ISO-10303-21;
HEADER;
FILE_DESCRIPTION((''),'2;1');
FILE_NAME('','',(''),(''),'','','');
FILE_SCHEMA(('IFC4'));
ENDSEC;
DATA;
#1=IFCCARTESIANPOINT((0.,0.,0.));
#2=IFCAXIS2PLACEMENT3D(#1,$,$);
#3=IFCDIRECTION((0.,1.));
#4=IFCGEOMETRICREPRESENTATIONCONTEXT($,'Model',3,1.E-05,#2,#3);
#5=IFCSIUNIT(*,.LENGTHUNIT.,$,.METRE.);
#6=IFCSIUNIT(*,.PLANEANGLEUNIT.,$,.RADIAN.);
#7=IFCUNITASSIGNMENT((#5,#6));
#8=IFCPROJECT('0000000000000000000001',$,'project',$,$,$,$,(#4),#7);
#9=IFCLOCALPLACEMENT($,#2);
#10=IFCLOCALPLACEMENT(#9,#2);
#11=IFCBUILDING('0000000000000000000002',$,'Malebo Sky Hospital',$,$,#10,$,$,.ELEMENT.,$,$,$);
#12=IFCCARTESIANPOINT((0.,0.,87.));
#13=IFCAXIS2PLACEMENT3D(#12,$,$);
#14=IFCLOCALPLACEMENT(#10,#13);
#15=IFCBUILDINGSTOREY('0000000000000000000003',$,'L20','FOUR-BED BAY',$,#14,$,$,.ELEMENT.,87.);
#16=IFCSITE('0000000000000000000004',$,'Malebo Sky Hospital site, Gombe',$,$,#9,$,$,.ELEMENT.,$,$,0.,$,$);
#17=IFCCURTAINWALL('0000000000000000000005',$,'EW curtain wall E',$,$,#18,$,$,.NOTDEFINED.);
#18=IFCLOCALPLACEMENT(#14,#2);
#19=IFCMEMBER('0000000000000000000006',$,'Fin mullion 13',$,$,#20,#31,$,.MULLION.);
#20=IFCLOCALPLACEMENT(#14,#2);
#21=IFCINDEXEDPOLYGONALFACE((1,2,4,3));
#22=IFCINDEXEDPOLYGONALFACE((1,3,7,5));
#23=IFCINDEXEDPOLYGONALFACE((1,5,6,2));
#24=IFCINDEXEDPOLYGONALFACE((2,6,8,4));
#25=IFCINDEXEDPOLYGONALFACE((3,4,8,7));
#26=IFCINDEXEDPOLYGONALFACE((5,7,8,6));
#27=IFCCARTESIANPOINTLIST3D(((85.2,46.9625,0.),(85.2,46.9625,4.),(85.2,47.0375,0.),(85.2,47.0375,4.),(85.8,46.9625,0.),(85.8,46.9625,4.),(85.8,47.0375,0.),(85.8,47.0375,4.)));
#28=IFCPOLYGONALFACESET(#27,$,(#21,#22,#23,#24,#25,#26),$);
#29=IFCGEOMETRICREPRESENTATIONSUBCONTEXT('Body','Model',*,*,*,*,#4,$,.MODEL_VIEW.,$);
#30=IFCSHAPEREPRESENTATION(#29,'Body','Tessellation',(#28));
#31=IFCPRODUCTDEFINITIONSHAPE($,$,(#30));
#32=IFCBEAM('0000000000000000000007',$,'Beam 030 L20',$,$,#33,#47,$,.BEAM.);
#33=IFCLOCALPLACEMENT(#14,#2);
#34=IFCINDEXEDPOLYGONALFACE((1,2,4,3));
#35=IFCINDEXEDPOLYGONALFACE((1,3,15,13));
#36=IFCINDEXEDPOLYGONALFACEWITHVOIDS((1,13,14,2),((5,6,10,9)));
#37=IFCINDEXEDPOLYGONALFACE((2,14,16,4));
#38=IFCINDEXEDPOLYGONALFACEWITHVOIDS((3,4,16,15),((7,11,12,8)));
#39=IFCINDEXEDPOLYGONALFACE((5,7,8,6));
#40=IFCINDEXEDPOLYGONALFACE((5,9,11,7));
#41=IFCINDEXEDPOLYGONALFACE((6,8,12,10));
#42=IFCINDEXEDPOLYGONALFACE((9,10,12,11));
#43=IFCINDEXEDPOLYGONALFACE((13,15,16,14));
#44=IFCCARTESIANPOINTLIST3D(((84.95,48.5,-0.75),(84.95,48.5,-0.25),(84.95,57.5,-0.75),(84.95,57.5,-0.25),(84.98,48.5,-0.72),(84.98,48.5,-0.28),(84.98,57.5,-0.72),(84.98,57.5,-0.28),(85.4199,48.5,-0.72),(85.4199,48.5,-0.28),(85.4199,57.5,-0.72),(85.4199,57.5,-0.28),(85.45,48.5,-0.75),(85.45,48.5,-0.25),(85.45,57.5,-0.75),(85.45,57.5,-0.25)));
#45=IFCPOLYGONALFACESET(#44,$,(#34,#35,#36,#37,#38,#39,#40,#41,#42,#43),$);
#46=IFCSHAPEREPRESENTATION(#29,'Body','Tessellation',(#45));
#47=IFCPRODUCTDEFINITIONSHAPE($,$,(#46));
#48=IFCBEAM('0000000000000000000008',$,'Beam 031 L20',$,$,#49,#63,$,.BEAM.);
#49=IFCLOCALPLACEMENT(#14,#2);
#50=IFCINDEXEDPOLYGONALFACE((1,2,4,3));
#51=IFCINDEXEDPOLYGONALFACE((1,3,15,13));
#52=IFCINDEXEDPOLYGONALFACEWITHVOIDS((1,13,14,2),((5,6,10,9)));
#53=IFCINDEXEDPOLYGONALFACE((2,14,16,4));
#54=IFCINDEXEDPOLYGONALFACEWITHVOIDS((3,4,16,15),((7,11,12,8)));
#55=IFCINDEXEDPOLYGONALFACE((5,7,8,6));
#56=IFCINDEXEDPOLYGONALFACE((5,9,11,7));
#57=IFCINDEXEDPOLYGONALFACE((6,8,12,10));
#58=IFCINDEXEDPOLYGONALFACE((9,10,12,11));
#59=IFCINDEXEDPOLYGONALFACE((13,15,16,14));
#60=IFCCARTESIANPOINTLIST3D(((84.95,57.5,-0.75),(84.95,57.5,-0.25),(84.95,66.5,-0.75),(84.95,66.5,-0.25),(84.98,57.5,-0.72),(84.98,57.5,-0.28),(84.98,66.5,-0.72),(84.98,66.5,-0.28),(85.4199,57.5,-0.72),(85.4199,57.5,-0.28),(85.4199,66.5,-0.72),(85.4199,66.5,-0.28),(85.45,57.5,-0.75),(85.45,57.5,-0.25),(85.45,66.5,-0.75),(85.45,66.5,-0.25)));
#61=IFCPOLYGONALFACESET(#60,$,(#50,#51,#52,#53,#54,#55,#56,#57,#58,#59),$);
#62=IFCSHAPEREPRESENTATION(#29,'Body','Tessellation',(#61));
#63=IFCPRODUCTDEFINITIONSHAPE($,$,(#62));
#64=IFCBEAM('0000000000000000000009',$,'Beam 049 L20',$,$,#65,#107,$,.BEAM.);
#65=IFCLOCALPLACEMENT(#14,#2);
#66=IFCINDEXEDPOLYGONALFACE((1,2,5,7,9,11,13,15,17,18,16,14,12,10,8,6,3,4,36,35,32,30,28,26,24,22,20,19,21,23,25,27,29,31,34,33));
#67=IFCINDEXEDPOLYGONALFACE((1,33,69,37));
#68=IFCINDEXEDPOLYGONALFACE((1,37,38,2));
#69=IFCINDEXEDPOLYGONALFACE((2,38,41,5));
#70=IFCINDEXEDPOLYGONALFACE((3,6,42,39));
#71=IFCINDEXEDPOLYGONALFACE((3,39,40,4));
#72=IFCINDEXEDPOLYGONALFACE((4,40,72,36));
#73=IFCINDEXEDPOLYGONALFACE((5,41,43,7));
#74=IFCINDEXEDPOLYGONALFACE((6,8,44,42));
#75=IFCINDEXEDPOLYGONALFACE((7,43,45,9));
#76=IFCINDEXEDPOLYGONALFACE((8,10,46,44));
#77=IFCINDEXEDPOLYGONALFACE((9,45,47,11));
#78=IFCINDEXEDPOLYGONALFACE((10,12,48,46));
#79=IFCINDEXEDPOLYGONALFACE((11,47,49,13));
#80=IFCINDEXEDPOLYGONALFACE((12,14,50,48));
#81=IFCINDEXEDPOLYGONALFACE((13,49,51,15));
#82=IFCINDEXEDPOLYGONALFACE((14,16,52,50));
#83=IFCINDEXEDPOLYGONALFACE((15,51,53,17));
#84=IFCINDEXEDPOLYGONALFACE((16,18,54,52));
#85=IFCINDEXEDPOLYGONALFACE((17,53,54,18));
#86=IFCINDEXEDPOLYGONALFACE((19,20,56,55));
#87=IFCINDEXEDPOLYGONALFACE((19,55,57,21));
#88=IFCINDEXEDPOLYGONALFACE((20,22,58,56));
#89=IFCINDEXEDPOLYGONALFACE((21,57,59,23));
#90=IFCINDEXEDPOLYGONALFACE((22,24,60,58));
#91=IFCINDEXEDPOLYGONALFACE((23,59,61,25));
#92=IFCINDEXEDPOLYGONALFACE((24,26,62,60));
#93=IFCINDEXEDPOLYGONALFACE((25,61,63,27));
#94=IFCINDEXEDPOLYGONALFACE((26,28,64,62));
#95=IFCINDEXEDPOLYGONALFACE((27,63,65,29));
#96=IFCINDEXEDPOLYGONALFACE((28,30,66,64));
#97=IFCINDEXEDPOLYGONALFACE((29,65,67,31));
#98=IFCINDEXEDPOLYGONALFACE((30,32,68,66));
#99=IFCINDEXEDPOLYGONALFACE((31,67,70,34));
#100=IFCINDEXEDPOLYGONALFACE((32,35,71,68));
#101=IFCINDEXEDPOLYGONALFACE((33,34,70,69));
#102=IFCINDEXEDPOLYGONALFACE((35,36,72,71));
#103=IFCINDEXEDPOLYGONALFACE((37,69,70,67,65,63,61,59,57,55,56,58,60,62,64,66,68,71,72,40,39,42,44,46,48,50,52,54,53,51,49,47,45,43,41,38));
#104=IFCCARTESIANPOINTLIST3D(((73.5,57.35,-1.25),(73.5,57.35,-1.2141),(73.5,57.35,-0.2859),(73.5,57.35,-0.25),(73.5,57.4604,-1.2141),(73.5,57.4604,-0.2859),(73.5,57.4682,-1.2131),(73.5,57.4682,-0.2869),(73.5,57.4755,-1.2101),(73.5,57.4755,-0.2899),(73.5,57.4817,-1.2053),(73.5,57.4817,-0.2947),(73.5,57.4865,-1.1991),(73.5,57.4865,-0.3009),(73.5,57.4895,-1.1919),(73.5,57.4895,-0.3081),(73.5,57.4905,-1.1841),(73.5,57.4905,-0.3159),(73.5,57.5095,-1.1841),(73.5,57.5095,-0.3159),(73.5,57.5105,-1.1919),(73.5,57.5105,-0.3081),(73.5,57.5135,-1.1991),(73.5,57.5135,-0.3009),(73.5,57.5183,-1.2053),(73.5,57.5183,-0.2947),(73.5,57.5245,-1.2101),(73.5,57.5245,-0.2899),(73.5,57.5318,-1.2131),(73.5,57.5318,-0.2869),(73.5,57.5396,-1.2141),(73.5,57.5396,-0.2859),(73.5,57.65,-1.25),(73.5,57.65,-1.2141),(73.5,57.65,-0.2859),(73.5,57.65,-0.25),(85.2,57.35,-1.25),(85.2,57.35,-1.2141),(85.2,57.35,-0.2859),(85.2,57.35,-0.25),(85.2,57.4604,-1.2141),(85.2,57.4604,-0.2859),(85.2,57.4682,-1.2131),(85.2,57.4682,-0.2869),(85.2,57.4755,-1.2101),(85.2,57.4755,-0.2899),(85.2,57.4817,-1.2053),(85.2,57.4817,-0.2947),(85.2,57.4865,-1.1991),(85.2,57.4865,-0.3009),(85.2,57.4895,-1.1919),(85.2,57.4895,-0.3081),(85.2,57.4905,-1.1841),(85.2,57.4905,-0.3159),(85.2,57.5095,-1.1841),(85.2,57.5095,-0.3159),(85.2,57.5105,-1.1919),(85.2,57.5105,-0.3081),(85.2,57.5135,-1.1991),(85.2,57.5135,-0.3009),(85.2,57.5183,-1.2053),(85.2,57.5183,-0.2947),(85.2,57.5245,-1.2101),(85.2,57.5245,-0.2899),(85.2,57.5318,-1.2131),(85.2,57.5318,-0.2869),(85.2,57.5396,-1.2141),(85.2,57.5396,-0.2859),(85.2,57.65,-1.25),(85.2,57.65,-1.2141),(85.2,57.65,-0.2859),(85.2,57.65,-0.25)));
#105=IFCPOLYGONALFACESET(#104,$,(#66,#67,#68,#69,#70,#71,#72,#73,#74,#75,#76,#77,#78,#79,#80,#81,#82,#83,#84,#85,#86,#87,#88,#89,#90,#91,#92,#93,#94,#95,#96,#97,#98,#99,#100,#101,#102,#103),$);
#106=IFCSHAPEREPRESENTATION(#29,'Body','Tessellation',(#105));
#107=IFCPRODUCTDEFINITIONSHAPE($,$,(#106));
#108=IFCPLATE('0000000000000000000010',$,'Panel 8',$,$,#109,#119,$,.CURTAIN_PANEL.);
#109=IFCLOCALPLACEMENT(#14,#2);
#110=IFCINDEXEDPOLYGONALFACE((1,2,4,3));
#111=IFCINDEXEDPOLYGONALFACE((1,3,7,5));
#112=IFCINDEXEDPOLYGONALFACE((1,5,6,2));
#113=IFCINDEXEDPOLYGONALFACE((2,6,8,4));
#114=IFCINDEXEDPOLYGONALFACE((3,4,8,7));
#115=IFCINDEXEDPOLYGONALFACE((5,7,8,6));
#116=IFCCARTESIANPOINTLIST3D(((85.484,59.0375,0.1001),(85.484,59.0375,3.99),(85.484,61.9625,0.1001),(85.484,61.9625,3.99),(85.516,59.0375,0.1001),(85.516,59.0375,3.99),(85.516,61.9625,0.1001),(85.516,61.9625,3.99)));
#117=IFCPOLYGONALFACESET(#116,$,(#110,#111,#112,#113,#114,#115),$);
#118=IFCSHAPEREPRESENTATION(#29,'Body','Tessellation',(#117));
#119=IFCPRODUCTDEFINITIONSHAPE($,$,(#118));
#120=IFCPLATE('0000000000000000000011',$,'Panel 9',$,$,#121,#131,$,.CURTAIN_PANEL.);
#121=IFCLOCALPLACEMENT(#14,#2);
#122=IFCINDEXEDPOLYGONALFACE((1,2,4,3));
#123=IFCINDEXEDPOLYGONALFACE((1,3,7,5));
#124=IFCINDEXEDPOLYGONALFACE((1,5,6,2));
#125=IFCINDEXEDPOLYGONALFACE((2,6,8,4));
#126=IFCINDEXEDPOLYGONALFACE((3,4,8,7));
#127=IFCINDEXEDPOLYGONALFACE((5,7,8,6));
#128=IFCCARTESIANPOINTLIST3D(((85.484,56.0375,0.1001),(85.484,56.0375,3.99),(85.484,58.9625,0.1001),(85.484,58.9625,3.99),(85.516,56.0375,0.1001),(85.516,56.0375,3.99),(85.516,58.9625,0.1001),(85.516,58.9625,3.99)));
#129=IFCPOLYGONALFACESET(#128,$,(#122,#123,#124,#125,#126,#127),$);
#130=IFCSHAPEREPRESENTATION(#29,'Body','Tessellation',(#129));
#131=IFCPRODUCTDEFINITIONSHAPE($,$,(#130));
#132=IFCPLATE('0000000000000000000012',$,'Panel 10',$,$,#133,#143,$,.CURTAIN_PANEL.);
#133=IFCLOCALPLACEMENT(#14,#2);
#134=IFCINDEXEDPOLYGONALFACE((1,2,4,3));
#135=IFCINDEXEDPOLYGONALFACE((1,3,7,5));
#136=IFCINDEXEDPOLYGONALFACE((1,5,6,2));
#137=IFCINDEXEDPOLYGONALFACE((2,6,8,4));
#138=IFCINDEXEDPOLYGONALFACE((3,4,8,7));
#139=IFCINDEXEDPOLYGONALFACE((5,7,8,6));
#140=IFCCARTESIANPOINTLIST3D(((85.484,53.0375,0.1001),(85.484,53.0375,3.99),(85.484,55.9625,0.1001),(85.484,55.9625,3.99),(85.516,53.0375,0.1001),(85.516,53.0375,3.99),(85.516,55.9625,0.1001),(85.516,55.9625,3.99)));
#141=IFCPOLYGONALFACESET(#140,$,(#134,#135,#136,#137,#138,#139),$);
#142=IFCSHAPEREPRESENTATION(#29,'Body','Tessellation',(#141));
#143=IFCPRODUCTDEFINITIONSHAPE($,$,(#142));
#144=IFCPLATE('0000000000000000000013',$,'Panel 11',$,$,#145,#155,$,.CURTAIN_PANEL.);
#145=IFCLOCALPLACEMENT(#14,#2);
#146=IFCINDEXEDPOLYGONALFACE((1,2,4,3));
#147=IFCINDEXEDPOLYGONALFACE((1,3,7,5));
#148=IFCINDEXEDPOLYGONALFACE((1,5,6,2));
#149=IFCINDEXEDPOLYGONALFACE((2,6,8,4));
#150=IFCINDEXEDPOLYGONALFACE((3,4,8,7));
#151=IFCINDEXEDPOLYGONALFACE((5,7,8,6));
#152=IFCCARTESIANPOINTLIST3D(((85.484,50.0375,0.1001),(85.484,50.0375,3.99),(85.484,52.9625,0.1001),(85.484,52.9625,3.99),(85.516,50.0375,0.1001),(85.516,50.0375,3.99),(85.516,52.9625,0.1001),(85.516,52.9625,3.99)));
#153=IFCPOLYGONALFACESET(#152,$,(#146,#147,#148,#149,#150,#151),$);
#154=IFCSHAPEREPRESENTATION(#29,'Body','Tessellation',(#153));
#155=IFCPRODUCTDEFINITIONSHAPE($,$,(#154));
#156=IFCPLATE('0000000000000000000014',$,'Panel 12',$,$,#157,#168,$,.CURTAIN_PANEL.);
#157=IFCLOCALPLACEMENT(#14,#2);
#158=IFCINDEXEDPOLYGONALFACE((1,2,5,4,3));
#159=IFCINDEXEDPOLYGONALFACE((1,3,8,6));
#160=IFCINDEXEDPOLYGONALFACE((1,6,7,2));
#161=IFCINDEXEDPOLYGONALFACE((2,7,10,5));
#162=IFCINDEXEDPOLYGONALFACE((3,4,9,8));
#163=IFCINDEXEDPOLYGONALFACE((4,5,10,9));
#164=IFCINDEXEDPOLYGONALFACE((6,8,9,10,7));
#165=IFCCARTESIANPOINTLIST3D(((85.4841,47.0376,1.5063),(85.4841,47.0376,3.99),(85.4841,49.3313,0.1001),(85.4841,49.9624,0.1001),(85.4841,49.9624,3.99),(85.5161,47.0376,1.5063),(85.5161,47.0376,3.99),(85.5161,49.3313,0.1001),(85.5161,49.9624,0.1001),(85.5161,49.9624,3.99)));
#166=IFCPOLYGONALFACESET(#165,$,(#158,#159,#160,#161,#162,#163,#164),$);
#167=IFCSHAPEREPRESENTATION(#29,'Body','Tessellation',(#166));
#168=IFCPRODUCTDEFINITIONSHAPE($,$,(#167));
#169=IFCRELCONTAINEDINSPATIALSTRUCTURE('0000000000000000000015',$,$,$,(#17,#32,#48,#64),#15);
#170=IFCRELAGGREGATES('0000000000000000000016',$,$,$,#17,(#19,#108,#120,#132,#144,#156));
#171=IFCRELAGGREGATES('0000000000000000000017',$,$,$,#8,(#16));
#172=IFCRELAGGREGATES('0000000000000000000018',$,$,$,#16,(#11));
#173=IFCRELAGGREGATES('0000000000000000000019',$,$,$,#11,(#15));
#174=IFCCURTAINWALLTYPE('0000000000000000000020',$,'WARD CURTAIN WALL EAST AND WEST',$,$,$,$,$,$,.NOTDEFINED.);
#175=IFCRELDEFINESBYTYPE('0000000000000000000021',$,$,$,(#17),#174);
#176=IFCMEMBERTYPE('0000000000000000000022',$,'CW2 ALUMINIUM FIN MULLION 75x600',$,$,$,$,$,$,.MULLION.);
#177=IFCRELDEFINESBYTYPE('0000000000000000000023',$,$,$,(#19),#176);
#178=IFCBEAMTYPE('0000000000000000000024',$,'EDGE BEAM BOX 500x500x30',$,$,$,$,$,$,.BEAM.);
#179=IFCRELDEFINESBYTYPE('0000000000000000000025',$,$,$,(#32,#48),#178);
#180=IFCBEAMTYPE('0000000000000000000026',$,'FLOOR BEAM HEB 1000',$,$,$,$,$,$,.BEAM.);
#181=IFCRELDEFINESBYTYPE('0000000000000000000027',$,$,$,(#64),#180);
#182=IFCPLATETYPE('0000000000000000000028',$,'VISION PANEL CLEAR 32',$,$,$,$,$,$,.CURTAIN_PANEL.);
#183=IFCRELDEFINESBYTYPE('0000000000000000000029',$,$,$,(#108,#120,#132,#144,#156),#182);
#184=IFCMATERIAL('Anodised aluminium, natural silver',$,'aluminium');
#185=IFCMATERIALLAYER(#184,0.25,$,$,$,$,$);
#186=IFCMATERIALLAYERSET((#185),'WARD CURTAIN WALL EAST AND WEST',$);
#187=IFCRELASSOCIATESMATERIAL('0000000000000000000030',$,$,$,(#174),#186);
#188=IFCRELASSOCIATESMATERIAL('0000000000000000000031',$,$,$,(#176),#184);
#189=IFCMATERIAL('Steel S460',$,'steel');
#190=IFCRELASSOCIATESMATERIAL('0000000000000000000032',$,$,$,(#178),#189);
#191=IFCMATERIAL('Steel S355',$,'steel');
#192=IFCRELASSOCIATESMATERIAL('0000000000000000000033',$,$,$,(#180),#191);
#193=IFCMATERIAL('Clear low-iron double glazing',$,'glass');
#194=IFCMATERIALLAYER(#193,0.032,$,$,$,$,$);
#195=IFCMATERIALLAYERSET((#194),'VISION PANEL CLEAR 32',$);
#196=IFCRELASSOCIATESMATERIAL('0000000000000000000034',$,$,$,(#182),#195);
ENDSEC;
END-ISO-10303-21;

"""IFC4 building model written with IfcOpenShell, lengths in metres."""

from ifc_helpers import new_model, si_unit, direction, frame, origin, origin_2d, place, context, subcontext, project, spatial, polyline, rectangle, hollow_rectangle, i_section, outline, extrude, material, layer, layer_set, material_profile, profile_set, type_object, element, aggregate, save


model = new_model("IFC4")

# Units and contexts
model_context = context("Model", 3, precision=1e-05, world=origin(), true_north=direction((0.0, 1.0)))
body_context = subcontext(model_context, "Body", "Model", "MODEL_VIEW")
ifc_project = project(units=[si_unit("LENGTHUNIT", "METRE"), si_unit("PLANEANGLEUNIT", "RADIAN")], contexts=[model_context])

# Site, building, storey
site_placement = place(None, origin())
site = spatial("IfcSite", under=ifc_project, at=site_placement, Name="Malebo Sky Hospital site, Gombe", CompositionType="ELEMENT", RefElevation=0.0)
building_placement = place(site_placement, origin())
building = spatial("IfcBuilding", under=site, at=building_placement, Name="Malebo Sky Hospital", CompositionType="ELEMENT")
storey_placement = place(building_placement, frame((0.0, 0.0, 87.0)))
storey = spatial("IfcBuildingStorey", under=building, at=storey_placement, Name="L20", Description="FOUR-BED BAY", CompositionType="ELEMENT", Elevation=87.0)

# Shared definitions
ifc_material_1 = material(Name="Steel S460", Category="steel")

# Curtain wall
ifc_material_2 = material(Name="Anodised aluminium, natural silver", Category="aluminium")
ifc_layer_1 = layer(ifc_material_2, 0.25)
ifc_layer_set_1 = layer_set([ifc_layer_1], Name="WARD CURTAIN WALL EAST AND WEST")
curtain_wall_type = type_object("IfcCurtainWallType", Name="WARD CURTAIN WALL EAST AND WEST", PredefinedType="NOTDEFINED", material=ifc_layer_set_1)
curtain_wall_placement = place(storey_placement, origin())
curtain_wall = element("IfcCurtainWall", 1, at=curtain_wall_placement, inside=storey, type_object=curtain_wall_type, Name="EW curtain wall E", PredefinedType="NOTDEFINED")

# Member
ifc_material_3 = material(Name="Steel S355", Category="steel")
ifc_material_profile_1 = material_profile(ifc_material_2, rectangle(XDim=0.075, YDim=0.6001, at=origin_2d()), Name="CW2 ALUMINIUM FIN MULLION 75x600")
ifc_profile_set_1 = profile_set([ifc_material_profile_1], Name="Anodised aluminium, natural silver")
member_type_1 = type_object("IfcMemberType", Name="CW2 ALUMINIUM FIN MULLION 75x600", PredefinedType="MULLION", material=ifc_profile_set_1)
member_1_placement = place(storey_placement, frame((85.5, 47.0, 0.0), z_axis=(0.0, 0.0, 1.0), x_axis=(0.0, -1.0, 0.0)))
member_1 = element("IfcMember", 2, at=member_1_placement, type_object=member_type_1, Name="Fin mullion 13", PredefinedType="MULLION", context=body_context, shape_type="SweptSolid", body=[
    extrude(rectangle(XDim=0.075, YDim=0.6001, at=origin_2d()), origin(), (0.0, 0.0, 1.0), 4.0),
])

# Beams
ifc_material_profile_2 = material_profile(ifc_material_1, hollow_rectangle(XDim=0.5, YDim=0.5, WallThickness=0.03, at=origin_2d()), Name="BOX 500x500x30")
ifc_profile_set_2 = profile_set([ifc_material_profile_2], Name="Steel S460")
beam_type_1 = type_object("IfcBeamType", Name="EDGE BEAM BOX 500x500x30", PredefinedType="BEAM", material=ifc_profile_set_2)
for number, where, z_axis, x_axis, name in (
    (3, (85.2, 48.5, -0.5), (0.0, 1.0, 0.0), (-1.0, 0.0, 0.0), "Beam 030 L20"),
    (4, (85.2, 57.5, -0.5), (0.0, 1.0, 0.0), (-1.0, 0.0, 0.0), "Beam 031 L20"),
):
    element("IfcBeam", number, at=place(storey_placement, frame(where, z_axis=z_axis, x_axis=x_axis)), inside=storey, type_object=beam_type_1, Name=name, PredefinedType="BEAM", context=body_context, shape_type="SweptSolid", body=[
        extrude(hollow_rectangle(XDim=0.5, YDim=0.5, WallThickness=0.03, at=origin_2d()), origin(), (0.0, 0.0, 1.0), 9.0),
    ])
ifc_material_profile_3 = material_profile(ifc_material_3, i_section(OverallWidth=0.3, OverallDepth=1.0, WebThickness=0.019, FlangeThickness=0.0359, FilletRadius=0.03, at=origin_2d()), Name="HEB 1000")
ifc_profile_set_3 = profile_set([ifc_material_profile_3], Name="Steel S355")
beam_type_2 = type_object("IfcBeamType", Name="FLOOR BEAM HEB 1000", PredefinedType="BEAM", material=ifc_profile_set_3)
beam_placement = place(storey_placement, frame((73.5, 57.5, -0.75), z_axis=(1.0, 0.0, 0.0), x_axis=(0.0, 1.0, 0.0)))
element("IfcBeam", 5, at=beam_placement, inside=storey, type_object=beam_type_2, Name="Beam 049 L20", PredefinedType="BEAM", context=body_context, shape_type="SweptSolid", body=[
    extrude(i_section(OverallWidth=0.3, OverallDepth=1.0, WebThickness=0.019, FlangeThickness=0.0359, FilletRadius=0.03, at=origin_2d()), origin(), (0.0, 0.0, 1.0), 11.7),
])

# Plates
ifc_material_4 = material(Name="Clear low-iron double glazing", Category="glass")
ifc_layer_2 = layer(ifc_material_4, 0.032)
ifc_layer_set_2 = layer_set([ifc_layer_2], Name="VISION PANEL CLEAR 32")
plate_type = type_object("IfcPlateType", Name="VISION PANEL CLEAR 32", PredefinedType="CURTAIN_PANEL", material=ifc_layer_set_2)
plate_1_placement = place(storey_placement, frame((85.5, 60.5, 0.1001), z_axis=(0.0, 0.0, 1.0), x_axis=(0.0, -1.0, 0.0)))
plate_1 = element("IfcPlate", 6, at=plate_1_placement, type_object=plate_type, Name="Panel 8", PredefinedType="CURTAIN_PANEL", context=body_context, shape_type="SweptSolid", body=[
    extrude(rectangle(XDim=2.925, YDim=0.032, at=origin_2d()), origin(), (0.0, 0.0, 1.0), 3.8899),
])
plate_2_placement = place(storey_placement, frame((85.5, 57.5, 0.1001), z_axis=(0.0, 0.0, 1.0), x_axis=(0.0, -1.0, 0.0)))
plate_2 = element("IfcPlate", 7, at=plate_2_placement, type_object=plate_type, Name="Panel 9", PredefinedType="CURTAIN_PANEL", context=body_context, shape_type="SweptSolid", body=[
    extrude(rectangle(XDim=2.925, YDim=0.032, at=origin_2d()), origin(), (0.0, 0.0, 1.0), 3.8899),
])
plate_3_placement = place(storey_placement, frame((85.5, 54.5, 0.1001), z_axis=(0.0, 0.0, 1.0), x_axis=(0.0, -1.0, 0.0)))
plate_3 = element("IfcPlate", 8, at=plate_3_placement, type_object=plate_type, Name="Panel 10", PredefinedType="CURTAIN_PANEL", context=body_context, shape_type="SweptSolid", body=[
    extrude(rectangle(XDim=2.925, YDim=0.032, at=origin_2d()), origin(), (0.0, 0.0, 1.0), 3.8899),
])
plate_4_placement = place(storey_placement, frame((85.5, 51.5, 0.1001), z_axis=(0.0, 0.0, 1.0), x_axis=(0.0, -1.0, 0.0)))
plate_4 = element("IfcPlate", 9, at=plate_4_placement, type_object=plate_type, Name="Panel 11", PredefinedType="CURTAIN_PANEL", context=body_context, shape_type="SweptSolid", body=[
    extrude(rectangle(XDim=2.925, YDim=0.032, at=origin_2d()), origin(), (0.0, 0.0, 1.0), 3.8899),
])
plate_5_placement = place(storey_placement, frame((85.5, 48.5, 0.1001), z_axis=(0.0, 0.0, 1.0), x_axis=(0.0, -1.0, 0.0)))
plate_5 = element("IfcPlate", 10, at=plate_5_placement, type_object=plate_type, Name="Panel 12", PredefinedType="CURTAIN_PANEL", context=body_context, shape_type="SweptSolid", body=[
    extrude(outline(polyline([(-1.4624, 0.0), (-0.8313, 0.0), (1.4624, 1.4062), (1.4624, 3.8899), (-1.4624, 3.8899), (-1.4624, 0.0)])), frame((0.0, 0.0161, 0.0), z_axis=(0.0, -1.0, 0.0), x_axis=(1.0, 0.0, 0.0)), (0.0, 0.0, 1.0), 0.032),
])
aggregate(curtain_wall, [member_1, plate_1, plate_2, plate_3, plate_4, plate_5])

save(model, "model.ifc")
